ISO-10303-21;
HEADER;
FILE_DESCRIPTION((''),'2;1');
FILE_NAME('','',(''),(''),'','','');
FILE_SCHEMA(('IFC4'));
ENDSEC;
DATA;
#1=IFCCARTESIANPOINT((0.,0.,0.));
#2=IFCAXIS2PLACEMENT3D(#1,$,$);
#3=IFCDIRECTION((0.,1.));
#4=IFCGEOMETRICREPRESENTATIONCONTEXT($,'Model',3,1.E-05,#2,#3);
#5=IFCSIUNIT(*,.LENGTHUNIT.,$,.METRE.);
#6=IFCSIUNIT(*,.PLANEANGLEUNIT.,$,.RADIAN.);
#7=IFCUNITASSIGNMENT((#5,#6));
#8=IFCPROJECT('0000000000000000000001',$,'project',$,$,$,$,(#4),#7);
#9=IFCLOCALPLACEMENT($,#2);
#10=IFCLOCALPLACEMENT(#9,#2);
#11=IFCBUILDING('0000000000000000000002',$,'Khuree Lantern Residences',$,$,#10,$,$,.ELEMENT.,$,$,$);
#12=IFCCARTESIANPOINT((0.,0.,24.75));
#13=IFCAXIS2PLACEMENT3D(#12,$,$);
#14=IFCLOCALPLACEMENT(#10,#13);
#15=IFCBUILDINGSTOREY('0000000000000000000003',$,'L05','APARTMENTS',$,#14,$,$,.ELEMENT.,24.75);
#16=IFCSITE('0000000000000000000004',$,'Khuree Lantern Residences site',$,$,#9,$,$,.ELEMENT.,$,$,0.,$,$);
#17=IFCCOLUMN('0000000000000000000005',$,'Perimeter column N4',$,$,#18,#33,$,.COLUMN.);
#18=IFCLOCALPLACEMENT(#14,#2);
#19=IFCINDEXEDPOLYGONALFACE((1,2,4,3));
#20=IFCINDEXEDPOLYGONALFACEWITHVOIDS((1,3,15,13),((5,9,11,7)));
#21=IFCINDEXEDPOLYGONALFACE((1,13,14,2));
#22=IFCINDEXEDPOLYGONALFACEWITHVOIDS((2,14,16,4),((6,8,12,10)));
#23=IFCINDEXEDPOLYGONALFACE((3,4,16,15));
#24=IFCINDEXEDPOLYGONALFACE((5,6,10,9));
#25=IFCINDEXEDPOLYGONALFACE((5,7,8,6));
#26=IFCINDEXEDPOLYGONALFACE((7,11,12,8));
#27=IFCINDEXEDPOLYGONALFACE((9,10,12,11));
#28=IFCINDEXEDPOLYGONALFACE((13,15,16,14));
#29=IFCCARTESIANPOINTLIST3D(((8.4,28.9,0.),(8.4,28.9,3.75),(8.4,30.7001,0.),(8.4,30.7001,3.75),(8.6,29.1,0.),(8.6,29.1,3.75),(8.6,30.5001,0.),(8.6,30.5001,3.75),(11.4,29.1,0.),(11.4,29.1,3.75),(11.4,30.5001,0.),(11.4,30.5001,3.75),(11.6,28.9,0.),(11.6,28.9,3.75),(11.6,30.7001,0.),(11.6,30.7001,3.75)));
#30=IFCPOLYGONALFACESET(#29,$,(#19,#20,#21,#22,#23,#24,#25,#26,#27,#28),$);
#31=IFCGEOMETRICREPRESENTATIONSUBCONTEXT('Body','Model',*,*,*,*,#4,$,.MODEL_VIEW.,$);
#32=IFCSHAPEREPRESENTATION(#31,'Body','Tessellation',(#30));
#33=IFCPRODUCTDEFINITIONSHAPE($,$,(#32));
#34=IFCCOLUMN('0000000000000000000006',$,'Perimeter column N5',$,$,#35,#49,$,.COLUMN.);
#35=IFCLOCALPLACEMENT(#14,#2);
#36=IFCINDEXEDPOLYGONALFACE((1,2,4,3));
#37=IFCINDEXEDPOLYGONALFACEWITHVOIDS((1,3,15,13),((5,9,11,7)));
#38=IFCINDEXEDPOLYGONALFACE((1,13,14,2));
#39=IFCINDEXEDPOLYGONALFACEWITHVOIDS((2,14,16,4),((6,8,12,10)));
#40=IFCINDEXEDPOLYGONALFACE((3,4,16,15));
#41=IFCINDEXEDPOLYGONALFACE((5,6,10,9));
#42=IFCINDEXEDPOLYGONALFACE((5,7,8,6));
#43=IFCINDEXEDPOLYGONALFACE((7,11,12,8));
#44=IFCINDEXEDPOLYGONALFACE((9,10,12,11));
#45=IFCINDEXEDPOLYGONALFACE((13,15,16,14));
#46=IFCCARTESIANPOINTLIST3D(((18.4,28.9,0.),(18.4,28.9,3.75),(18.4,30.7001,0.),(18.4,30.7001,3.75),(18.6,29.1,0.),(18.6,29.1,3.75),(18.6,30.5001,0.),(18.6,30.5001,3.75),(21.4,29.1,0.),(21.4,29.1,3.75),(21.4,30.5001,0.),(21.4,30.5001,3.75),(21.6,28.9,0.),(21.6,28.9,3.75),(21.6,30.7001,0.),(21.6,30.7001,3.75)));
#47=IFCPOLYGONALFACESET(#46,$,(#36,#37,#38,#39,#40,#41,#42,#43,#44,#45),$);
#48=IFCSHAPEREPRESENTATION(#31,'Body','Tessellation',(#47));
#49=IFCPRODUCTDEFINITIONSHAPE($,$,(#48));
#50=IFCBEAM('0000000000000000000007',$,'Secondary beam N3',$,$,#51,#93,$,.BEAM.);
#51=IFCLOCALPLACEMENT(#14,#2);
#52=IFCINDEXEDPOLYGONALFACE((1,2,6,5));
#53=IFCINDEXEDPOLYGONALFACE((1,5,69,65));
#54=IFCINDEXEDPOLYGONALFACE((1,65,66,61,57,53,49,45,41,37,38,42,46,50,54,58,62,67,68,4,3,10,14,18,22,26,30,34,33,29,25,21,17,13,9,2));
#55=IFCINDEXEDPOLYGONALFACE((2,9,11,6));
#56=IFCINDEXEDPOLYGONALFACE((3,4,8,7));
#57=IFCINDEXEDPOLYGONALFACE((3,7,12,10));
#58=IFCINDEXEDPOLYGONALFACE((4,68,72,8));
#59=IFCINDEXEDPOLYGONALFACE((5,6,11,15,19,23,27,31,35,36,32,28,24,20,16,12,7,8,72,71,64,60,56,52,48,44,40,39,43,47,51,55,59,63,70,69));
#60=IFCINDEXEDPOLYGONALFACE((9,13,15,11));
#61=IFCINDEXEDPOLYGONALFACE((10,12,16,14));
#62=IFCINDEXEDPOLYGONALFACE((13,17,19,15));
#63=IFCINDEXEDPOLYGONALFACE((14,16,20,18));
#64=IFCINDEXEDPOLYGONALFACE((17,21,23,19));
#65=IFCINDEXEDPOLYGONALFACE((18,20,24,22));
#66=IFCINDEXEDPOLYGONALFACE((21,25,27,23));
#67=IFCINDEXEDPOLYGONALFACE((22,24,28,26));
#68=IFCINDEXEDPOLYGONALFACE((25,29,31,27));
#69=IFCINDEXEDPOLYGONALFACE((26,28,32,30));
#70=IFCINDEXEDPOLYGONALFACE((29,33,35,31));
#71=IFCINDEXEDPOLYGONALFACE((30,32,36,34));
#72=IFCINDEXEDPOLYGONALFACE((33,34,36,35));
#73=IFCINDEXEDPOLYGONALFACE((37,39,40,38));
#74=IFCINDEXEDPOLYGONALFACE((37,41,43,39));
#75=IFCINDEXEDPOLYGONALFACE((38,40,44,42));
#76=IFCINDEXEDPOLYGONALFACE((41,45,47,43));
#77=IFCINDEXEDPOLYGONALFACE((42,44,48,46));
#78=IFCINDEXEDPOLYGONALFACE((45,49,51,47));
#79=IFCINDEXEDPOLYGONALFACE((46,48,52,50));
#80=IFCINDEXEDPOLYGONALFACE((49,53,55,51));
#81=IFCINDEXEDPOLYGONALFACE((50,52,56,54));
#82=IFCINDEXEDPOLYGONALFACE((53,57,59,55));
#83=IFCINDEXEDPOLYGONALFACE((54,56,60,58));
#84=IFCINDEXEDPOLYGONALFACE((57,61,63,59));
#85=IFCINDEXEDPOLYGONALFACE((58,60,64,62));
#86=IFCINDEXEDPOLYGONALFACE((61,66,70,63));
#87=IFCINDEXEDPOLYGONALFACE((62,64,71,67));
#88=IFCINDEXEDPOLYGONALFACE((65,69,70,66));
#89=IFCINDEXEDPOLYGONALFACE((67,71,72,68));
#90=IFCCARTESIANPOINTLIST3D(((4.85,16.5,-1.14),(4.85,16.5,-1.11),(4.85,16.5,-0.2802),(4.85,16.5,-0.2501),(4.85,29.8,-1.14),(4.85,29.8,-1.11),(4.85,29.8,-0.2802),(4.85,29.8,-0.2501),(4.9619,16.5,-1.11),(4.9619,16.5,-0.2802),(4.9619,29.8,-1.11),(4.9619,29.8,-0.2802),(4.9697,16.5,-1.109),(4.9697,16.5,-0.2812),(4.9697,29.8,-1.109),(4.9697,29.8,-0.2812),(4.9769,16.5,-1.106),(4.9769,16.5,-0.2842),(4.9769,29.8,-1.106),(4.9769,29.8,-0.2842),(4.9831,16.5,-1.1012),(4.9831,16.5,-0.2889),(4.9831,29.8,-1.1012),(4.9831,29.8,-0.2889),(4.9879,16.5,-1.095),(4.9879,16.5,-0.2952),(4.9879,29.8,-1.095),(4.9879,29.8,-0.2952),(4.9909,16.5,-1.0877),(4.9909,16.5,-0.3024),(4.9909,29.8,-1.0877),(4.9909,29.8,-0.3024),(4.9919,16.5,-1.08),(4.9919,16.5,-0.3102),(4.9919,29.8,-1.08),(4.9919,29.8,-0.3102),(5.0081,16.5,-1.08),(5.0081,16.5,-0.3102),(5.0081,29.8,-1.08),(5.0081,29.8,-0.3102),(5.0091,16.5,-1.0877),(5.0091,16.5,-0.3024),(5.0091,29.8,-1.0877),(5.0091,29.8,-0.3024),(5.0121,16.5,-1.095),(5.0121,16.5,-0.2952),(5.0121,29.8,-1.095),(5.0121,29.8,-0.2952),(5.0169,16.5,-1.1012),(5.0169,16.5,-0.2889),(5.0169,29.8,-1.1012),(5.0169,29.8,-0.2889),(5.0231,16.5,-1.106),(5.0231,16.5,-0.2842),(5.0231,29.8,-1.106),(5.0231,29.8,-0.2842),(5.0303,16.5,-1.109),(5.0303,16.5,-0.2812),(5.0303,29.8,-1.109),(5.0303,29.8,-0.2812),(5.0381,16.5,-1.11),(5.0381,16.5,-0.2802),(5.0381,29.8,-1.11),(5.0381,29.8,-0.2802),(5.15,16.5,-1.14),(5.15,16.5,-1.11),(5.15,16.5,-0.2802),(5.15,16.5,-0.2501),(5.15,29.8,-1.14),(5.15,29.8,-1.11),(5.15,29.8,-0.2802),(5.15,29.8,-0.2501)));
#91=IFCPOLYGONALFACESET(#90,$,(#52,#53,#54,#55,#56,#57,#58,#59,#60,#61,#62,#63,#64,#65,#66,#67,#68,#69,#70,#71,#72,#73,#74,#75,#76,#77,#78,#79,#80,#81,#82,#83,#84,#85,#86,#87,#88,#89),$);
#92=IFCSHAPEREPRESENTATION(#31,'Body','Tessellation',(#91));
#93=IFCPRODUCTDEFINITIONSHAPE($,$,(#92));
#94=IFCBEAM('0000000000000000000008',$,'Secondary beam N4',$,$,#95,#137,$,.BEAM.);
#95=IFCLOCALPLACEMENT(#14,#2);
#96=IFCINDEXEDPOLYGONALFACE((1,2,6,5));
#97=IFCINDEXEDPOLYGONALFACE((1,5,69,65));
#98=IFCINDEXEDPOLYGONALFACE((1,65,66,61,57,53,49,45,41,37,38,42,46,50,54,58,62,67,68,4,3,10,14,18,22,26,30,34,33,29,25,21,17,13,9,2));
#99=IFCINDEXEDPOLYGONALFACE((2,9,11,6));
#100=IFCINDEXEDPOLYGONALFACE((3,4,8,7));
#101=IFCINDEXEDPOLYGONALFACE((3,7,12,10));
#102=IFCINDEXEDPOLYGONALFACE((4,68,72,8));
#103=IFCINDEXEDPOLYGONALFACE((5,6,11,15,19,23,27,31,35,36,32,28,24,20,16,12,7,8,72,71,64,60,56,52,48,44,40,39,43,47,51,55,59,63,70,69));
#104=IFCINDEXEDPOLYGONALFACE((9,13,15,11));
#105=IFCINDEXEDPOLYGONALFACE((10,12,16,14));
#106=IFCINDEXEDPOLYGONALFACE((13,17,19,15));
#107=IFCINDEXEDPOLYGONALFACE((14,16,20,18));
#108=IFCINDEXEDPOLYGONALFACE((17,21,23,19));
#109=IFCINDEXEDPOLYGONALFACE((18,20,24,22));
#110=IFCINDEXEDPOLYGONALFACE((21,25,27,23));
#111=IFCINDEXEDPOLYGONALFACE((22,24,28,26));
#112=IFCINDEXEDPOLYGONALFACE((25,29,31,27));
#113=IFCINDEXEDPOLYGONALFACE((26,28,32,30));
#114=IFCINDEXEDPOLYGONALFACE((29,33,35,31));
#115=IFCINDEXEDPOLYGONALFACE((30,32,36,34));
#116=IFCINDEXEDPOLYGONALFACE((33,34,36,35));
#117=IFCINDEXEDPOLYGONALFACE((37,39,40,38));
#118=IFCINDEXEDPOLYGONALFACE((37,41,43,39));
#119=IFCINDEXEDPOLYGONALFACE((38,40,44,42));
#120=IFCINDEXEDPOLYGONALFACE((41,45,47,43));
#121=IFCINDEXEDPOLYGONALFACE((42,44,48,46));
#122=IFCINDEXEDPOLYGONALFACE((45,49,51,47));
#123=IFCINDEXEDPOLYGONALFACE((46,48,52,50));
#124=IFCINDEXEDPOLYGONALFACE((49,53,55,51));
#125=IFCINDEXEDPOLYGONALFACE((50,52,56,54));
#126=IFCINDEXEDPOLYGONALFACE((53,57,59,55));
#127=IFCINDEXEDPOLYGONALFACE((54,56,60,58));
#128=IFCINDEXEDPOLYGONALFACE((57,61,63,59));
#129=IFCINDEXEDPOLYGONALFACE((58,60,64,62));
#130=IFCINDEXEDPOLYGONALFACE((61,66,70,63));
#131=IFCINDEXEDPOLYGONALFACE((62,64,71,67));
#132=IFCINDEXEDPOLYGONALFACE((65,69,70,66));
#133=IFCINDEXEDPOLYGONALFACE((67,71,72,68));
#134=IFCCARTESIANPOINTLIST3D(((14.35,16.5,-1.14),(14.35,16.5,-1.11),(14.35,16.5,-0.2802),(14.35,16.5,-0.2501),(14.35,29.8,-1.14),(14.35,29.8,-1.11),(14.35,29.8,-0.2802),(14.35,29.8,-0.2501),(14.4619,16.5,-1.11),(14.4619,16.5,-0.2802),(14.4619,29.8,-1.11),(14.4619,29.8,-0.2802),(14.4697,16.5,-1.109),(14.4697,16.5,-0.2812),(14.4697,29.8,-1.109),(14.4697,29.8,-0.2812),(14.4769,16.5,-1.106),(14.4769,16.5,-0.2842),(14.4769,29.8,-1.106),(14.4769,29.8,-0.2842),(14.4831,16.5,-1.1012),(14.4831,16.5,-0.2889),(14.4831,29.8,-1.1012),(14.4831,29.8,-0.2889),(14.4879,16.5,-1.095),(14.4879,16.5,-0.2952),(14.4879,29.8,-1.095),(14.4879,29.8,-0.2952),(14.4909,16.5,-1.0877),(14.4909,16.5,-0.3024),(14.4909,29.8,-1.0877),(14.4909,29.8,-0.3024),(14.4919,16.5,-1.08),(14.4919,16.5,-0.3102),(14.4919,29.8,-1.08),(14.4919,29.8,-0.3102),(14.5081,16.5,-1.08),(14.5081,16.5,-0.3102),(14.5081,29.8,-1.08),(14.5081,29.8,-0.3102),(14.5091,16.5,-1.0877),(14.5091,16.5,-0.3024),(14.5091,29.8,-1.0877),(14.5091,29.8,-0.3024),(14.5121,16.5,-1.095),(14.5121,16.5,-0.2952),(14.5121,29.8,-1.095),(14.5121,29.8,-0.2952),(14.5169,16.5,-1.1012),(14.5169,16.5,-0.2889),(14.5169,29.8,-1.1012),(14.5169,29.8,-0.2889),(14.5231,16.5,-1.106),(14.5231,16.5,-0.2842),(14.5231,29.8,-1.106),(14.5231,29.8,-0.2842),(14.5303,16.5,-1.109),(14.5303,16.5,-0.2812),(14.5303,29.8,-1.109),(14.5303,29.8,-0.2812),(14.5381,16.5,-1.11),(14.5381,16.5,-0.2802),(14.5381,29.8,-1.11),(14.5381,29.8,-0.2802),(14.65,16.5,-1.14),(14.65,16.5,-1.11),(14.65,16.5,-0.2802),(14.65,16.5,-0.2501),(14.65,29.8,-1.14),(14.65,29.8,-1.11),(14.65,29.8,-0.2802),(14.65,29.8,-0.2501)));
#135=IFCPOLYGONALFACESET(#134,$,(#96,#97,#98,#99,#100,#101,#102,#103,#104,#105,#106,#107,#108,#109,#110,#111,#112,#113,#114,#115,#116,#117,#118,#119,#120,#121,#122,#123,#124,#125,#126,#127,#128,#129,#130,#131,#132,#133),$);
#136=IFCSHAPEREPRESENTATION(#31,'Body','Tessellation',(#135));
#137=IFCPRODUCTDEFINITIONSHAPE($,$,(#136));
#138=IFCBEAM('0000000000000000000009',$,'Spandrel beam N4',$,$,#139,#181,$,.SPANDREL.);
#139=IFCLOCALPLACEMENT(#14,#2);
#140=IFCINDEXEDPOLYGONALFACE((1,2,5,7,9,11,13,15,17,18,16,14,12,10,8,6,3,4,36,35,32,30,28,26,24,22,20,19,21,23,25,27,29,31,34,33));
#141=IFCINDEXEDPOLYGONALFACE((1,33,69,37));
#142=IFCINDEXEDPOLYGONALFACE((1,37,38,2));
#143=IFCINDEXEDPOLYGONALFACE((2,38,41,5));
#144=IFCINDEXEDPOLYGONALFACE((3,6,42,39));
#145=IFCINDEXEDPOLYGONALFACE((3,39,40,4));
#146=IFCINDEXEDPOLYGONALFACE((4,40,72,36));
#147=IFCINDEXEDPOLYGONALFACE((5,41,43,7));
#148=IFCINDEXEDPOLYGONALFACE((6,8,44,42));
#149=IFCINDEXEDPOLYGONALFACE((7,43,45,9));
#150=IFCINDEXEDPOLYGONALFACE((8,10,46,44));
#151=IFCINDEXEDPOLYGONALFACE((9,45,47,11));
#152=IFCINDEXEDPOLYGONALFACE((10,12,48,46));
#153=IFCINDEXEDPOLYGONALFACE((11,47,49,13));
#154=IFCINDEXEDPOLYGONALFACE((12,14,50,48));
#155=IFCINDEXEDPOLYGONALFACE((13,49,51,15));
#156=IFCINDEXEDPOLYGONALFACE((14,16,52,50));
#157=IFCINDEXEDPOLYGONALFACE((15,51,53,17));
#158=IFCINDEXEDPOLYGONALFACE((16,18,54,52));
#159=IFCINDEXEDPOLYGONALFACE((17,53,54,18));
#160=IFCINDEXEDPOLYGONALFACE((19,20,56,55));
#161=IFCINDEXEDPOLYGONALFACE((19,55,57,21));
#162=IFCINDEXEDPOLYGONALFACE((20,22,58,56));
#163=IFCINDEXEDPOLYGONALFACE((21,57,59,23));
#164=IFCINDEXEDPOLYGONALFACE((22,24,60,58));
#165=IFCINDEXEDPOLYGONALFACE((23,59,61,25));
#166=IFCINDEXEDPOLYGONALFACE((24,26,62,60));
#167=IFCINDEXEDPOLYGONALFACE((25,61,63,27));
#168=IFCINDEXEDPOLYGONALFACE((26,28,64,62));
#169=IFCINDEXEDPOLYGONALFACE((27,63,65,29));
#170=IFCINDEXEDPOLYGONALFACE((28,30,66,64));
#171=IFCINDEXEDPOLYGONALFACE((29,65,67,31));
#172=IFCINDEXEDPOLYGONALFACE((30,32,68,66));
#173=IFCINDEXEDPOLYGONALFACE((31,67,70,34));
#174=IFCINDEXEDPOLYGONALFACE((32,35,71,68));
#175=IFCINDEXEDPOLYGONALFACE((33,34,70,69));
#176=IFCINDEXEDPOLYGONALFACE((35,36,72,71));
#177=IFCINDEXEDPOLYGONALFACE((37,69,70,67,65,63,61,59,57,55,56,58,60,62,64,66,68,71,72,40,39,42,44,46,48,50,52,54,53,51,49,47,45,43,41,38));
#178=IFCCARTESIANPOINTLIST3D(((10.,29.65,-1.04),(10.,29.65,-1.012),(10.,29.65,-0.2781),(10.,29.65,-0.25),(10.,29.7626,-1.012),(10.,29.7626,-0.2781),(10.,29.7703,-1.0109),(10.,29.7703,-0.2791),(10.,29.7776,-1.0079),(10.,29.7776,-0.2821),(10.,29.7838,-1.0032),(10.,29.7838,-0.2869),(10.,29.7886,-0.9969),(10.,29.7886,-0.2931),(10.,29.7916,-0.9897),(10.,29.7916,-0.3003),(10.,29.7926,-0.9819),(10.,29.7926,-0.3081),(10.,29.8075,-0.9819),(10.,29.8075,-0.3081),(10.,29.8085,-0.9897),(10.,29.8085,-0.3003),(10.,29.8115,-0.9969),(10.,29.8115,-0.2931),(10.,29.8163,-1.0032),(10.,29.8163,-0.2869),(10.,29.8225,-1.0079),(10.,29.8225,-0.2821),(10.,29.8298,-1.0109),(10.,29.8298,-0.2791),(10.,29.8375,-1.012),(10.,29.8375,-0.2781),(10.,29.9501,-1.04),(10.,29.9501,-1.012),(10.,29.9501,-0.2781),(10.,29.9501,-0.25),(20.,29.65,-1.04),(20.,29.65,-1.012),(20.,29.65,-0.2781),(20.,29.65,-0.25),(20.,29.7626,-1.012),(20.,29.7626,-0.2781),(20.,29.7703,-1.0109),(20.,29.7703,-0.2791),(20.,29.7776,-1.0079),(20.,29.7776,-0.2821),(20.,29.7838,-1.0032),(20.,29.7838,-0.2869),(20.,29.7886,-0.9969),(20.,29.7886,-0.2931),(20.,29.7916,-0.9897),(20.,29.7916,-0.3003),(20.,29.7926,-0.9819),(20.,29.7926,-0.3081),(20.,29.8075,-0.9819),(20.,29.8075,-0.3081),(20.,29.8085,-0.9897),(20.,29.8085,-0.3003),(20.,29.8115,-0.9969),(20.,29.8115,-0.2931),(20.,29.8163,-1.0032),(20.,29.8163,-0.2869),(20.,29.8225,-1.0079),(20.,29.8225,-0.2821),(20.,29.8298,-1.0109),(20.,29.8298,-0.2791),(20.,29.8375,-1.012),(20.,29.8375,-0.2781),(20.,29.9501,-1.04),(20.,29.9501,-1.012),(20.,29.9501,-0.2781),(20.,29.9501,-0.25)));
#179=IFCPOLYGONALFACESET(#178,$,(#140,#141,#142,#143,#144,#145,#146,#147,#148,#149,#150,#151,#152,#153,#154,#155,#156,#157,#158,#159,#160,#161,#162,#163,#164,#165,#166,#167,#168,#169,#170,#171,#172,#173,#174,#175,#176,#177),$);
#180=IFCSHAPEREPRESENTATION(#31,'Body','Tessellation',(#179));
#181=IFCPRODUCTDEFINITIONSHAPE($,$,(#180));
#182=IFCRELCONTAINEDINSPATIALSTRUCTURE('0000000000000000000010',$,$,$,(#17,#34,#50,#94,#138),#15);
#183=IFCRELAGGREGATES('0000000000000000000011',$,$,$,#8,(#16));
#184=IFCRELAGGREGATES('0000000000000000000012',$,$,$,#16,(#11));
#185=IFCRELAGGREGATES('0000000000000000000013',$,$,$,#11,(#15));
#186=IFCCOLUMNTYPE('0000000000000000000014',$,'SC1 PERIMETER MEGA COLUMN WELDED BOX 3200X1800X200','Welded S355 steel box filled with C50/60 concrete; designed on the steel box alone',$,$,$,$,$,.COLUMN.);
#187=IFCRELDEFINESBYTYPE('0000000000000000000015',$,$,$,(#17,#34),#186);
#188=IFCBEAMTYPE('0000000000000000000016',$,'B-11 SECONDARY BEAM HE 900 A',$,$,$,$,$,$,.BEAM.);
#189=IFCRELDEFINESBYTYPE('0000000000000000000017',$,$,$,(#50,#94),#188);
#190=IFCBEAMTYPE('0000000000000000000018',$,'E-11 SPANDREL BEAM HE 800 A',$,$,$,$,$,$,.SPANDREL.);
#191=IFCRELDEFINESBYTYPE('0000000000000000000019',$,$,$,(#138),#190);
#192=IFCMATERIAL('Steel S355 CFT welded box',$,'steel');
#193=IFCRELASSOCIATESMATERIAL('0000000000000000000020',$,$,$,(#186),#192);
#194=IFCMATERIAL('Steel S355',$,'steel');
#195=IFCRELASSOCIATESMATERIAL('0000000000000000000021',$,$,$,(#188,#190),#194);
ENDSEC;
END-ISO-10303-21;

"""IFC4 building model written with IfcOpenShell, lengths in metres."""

from ifc_helpers import new_model, si_unit, direction, frame, origin, origin_2d, place, context, subcontext, project, spatial, hollow_rectangle, i_section, extrude, material, material_profile, profile_set, type_object, element, save


model = new_model("IFC4")

# Units and contexts
model_context = context("Model", 3, precision=1e-05, world=origin(), true_north=direction((0.0, 1.0)))
body_context = subcontext(model_context, "Body", "Model", "MODEL_VIEW")
ifc_project = project(units=[si_unit("LENGTHUNIT", "METRE"), si_unit("PLANEANGLEUNIT", "RADIAN")], contexts=[model_context])

# Site, building, storey
site_placement = place(None, origin())
site = spatial("IfcSite", under=ifc_project, at=site_placement, Name="Khuree Lantern Residences site", CompositionType="ELEMENT", RefElevation=0.0)
building_placement = place(site_placement, origin())
building = spatial("IfcBuilding", under=site, at=building_placement, Name="Khuree Lantern Residences", CompositionType="ELEMENT")
storey_placement = place(building_placement, frame((0.0, 0.0, 24.75)))
storey = spatial("IfcBuildingStorey", under=building, at=storey_placement, Name="L05", Description="APARTMENTS", CompositionType="ELEMENT", Elevation=24.75)

# Columns
ifc_material_1 = material(Name="Steel S355 CFT welded box", Category="steel")
ifc_material_profile_1 = material_profile(ifc_material_1, hollow_rectangle(XDim=3.2, YDim=1.8, WallThickness=0.2, at=origin_2d()), Name="WELDED BOX 3200X1800X200")
ifc_profile_set_1 = profile_set([ifc_material_profile_1], Name="Steel S355 CFT welded box")
column_type = type_object("IfcColumnType", Name="SC1 PERIMETER MEGA COLUMN WELDED BOX 3200X1800X200", Description="Welded S355 steel box filled with C50/60 concrete; designed on the steel box alone", PredefinedType="COLUMN", material=ifc_profile_set_1)
for number, where, z_axis, x_axis, name in (
    (1, (10.0, 29.8, 0.0), (0.0, 0.0, 1.0), (1.0, 0.0, 0.0), "Perimeter column N4"),
    (2, (20.0, 29.8, 0.0), (0.0, 0.0, 1.0), (1.0, 0.0, 0.0), "Perimeter column N5"),
):
    element("IfcColumn", number, at=place(storey_placement, frame(where, z_axis=z_axis, x_axis=x_axis)), inside=storey, type_object=column_type, Name=name, PredefinedType="COLUMN", context=body_context, shape_type="SweptSolid", body=[
        extrude(hollow_rectangle(XDim=3.2, YDim=1.8, WallThickness=0.2, at=origin_2d()), origin(), (0.0, 0.0, 1.0), 3.75),
    ])

# Beams
ifc_material_2 = material(Name="Steel S355", Category="steel")
ifc_material_profile_2 = material_profile(ifc_material_2, i_section(OverallWidth=0.3, OverallDepth=0.8899, WebThickness=0.0161, FlangeThickness=0.03, FilletRadius=0.03, at=origin_2d()), Name="HE 900 A")
ifc_profile_set_2 = profile_set([ifc_material_profile_2], Name="Steel S355")
beam_type_1 = type_object("IfcBeamType", Name="B-11 SECONDARY BEAM HE 900 A", PredefinedType="BEAM", material=ifc_profile_set_2)
for number, where, z_axis, x_axis, name in (
    (3, (5.0, 29.8, -0.6951), (0.0, -1.0, 0.0), (1.0, 0.0, 0.0), "Secondary beam N3"),
    (4, (14.5, 29.8, -0.6951), (0.0, -1.0, 0.0), (1.0, 0.0, 0.0), "Secondary beam N4"),
):
    element("IfcBeam", number, at=place(storey_placement, frame(where, z_axis=z_axis, x_axis=x_axis)), inside=storey, type_object=beam_type_1, Name=name, PredefinedType="BEAM", context=body_context, shape_type="SweptSolid", body=[
        extrude(i_section(OverallWidth=0.3, OverallDepth=0.8899, WebThickness=0.0161, FlangeThickness=0.03, FilletRadius=0.03, at=origin_2d()), origin(), (0.0, 0.0, 1.0), 13.3),
    ])
ifc_material_profile_3 = material_profile(ifc_material_2, i_section(OverallWidth=0.3, OverallDepth=0.79, WebThickness=0.0149, FlangeThickness=0.0281, FilletRadius=0.03, at=origin_2d()), Name="HE 800 A")
ifc_profile_set_3 = profile_set([ifc_material_profile_3], Name="Steel S355")
beam_type_2 = type_object("IfcBeamType", Name="E-11 SPANDREL BEAM HE 800 A", PredefinedType="SPANDREL", material=ifc_profile_set_3)
beam_1_placement = place(storey_placement, frame((10.0, 29.8, -0.645), z_axis=(1.0, 0.0, 0.0), x_axis=(0.0, 1.0, 0.0)))
element("IfcBeam", 5, at=beam_1_placement, inside=storey, type_object=beam_type_2, Name="Spandrel beam N4", PredefinedType="SPANDREL", context=body_context, shape_type="SweptSolid", body=[
    extrude(i_section(OverallWidth=0.3, OverallDepth=0.79, WebThickness=0.0149, FlangeThickness=0.0281, FilletRadius=0.03, at=origin_2d()), origin(), (0.0, 0.0, 1.0), 10.0),
])

save(model, "model.ifc")
